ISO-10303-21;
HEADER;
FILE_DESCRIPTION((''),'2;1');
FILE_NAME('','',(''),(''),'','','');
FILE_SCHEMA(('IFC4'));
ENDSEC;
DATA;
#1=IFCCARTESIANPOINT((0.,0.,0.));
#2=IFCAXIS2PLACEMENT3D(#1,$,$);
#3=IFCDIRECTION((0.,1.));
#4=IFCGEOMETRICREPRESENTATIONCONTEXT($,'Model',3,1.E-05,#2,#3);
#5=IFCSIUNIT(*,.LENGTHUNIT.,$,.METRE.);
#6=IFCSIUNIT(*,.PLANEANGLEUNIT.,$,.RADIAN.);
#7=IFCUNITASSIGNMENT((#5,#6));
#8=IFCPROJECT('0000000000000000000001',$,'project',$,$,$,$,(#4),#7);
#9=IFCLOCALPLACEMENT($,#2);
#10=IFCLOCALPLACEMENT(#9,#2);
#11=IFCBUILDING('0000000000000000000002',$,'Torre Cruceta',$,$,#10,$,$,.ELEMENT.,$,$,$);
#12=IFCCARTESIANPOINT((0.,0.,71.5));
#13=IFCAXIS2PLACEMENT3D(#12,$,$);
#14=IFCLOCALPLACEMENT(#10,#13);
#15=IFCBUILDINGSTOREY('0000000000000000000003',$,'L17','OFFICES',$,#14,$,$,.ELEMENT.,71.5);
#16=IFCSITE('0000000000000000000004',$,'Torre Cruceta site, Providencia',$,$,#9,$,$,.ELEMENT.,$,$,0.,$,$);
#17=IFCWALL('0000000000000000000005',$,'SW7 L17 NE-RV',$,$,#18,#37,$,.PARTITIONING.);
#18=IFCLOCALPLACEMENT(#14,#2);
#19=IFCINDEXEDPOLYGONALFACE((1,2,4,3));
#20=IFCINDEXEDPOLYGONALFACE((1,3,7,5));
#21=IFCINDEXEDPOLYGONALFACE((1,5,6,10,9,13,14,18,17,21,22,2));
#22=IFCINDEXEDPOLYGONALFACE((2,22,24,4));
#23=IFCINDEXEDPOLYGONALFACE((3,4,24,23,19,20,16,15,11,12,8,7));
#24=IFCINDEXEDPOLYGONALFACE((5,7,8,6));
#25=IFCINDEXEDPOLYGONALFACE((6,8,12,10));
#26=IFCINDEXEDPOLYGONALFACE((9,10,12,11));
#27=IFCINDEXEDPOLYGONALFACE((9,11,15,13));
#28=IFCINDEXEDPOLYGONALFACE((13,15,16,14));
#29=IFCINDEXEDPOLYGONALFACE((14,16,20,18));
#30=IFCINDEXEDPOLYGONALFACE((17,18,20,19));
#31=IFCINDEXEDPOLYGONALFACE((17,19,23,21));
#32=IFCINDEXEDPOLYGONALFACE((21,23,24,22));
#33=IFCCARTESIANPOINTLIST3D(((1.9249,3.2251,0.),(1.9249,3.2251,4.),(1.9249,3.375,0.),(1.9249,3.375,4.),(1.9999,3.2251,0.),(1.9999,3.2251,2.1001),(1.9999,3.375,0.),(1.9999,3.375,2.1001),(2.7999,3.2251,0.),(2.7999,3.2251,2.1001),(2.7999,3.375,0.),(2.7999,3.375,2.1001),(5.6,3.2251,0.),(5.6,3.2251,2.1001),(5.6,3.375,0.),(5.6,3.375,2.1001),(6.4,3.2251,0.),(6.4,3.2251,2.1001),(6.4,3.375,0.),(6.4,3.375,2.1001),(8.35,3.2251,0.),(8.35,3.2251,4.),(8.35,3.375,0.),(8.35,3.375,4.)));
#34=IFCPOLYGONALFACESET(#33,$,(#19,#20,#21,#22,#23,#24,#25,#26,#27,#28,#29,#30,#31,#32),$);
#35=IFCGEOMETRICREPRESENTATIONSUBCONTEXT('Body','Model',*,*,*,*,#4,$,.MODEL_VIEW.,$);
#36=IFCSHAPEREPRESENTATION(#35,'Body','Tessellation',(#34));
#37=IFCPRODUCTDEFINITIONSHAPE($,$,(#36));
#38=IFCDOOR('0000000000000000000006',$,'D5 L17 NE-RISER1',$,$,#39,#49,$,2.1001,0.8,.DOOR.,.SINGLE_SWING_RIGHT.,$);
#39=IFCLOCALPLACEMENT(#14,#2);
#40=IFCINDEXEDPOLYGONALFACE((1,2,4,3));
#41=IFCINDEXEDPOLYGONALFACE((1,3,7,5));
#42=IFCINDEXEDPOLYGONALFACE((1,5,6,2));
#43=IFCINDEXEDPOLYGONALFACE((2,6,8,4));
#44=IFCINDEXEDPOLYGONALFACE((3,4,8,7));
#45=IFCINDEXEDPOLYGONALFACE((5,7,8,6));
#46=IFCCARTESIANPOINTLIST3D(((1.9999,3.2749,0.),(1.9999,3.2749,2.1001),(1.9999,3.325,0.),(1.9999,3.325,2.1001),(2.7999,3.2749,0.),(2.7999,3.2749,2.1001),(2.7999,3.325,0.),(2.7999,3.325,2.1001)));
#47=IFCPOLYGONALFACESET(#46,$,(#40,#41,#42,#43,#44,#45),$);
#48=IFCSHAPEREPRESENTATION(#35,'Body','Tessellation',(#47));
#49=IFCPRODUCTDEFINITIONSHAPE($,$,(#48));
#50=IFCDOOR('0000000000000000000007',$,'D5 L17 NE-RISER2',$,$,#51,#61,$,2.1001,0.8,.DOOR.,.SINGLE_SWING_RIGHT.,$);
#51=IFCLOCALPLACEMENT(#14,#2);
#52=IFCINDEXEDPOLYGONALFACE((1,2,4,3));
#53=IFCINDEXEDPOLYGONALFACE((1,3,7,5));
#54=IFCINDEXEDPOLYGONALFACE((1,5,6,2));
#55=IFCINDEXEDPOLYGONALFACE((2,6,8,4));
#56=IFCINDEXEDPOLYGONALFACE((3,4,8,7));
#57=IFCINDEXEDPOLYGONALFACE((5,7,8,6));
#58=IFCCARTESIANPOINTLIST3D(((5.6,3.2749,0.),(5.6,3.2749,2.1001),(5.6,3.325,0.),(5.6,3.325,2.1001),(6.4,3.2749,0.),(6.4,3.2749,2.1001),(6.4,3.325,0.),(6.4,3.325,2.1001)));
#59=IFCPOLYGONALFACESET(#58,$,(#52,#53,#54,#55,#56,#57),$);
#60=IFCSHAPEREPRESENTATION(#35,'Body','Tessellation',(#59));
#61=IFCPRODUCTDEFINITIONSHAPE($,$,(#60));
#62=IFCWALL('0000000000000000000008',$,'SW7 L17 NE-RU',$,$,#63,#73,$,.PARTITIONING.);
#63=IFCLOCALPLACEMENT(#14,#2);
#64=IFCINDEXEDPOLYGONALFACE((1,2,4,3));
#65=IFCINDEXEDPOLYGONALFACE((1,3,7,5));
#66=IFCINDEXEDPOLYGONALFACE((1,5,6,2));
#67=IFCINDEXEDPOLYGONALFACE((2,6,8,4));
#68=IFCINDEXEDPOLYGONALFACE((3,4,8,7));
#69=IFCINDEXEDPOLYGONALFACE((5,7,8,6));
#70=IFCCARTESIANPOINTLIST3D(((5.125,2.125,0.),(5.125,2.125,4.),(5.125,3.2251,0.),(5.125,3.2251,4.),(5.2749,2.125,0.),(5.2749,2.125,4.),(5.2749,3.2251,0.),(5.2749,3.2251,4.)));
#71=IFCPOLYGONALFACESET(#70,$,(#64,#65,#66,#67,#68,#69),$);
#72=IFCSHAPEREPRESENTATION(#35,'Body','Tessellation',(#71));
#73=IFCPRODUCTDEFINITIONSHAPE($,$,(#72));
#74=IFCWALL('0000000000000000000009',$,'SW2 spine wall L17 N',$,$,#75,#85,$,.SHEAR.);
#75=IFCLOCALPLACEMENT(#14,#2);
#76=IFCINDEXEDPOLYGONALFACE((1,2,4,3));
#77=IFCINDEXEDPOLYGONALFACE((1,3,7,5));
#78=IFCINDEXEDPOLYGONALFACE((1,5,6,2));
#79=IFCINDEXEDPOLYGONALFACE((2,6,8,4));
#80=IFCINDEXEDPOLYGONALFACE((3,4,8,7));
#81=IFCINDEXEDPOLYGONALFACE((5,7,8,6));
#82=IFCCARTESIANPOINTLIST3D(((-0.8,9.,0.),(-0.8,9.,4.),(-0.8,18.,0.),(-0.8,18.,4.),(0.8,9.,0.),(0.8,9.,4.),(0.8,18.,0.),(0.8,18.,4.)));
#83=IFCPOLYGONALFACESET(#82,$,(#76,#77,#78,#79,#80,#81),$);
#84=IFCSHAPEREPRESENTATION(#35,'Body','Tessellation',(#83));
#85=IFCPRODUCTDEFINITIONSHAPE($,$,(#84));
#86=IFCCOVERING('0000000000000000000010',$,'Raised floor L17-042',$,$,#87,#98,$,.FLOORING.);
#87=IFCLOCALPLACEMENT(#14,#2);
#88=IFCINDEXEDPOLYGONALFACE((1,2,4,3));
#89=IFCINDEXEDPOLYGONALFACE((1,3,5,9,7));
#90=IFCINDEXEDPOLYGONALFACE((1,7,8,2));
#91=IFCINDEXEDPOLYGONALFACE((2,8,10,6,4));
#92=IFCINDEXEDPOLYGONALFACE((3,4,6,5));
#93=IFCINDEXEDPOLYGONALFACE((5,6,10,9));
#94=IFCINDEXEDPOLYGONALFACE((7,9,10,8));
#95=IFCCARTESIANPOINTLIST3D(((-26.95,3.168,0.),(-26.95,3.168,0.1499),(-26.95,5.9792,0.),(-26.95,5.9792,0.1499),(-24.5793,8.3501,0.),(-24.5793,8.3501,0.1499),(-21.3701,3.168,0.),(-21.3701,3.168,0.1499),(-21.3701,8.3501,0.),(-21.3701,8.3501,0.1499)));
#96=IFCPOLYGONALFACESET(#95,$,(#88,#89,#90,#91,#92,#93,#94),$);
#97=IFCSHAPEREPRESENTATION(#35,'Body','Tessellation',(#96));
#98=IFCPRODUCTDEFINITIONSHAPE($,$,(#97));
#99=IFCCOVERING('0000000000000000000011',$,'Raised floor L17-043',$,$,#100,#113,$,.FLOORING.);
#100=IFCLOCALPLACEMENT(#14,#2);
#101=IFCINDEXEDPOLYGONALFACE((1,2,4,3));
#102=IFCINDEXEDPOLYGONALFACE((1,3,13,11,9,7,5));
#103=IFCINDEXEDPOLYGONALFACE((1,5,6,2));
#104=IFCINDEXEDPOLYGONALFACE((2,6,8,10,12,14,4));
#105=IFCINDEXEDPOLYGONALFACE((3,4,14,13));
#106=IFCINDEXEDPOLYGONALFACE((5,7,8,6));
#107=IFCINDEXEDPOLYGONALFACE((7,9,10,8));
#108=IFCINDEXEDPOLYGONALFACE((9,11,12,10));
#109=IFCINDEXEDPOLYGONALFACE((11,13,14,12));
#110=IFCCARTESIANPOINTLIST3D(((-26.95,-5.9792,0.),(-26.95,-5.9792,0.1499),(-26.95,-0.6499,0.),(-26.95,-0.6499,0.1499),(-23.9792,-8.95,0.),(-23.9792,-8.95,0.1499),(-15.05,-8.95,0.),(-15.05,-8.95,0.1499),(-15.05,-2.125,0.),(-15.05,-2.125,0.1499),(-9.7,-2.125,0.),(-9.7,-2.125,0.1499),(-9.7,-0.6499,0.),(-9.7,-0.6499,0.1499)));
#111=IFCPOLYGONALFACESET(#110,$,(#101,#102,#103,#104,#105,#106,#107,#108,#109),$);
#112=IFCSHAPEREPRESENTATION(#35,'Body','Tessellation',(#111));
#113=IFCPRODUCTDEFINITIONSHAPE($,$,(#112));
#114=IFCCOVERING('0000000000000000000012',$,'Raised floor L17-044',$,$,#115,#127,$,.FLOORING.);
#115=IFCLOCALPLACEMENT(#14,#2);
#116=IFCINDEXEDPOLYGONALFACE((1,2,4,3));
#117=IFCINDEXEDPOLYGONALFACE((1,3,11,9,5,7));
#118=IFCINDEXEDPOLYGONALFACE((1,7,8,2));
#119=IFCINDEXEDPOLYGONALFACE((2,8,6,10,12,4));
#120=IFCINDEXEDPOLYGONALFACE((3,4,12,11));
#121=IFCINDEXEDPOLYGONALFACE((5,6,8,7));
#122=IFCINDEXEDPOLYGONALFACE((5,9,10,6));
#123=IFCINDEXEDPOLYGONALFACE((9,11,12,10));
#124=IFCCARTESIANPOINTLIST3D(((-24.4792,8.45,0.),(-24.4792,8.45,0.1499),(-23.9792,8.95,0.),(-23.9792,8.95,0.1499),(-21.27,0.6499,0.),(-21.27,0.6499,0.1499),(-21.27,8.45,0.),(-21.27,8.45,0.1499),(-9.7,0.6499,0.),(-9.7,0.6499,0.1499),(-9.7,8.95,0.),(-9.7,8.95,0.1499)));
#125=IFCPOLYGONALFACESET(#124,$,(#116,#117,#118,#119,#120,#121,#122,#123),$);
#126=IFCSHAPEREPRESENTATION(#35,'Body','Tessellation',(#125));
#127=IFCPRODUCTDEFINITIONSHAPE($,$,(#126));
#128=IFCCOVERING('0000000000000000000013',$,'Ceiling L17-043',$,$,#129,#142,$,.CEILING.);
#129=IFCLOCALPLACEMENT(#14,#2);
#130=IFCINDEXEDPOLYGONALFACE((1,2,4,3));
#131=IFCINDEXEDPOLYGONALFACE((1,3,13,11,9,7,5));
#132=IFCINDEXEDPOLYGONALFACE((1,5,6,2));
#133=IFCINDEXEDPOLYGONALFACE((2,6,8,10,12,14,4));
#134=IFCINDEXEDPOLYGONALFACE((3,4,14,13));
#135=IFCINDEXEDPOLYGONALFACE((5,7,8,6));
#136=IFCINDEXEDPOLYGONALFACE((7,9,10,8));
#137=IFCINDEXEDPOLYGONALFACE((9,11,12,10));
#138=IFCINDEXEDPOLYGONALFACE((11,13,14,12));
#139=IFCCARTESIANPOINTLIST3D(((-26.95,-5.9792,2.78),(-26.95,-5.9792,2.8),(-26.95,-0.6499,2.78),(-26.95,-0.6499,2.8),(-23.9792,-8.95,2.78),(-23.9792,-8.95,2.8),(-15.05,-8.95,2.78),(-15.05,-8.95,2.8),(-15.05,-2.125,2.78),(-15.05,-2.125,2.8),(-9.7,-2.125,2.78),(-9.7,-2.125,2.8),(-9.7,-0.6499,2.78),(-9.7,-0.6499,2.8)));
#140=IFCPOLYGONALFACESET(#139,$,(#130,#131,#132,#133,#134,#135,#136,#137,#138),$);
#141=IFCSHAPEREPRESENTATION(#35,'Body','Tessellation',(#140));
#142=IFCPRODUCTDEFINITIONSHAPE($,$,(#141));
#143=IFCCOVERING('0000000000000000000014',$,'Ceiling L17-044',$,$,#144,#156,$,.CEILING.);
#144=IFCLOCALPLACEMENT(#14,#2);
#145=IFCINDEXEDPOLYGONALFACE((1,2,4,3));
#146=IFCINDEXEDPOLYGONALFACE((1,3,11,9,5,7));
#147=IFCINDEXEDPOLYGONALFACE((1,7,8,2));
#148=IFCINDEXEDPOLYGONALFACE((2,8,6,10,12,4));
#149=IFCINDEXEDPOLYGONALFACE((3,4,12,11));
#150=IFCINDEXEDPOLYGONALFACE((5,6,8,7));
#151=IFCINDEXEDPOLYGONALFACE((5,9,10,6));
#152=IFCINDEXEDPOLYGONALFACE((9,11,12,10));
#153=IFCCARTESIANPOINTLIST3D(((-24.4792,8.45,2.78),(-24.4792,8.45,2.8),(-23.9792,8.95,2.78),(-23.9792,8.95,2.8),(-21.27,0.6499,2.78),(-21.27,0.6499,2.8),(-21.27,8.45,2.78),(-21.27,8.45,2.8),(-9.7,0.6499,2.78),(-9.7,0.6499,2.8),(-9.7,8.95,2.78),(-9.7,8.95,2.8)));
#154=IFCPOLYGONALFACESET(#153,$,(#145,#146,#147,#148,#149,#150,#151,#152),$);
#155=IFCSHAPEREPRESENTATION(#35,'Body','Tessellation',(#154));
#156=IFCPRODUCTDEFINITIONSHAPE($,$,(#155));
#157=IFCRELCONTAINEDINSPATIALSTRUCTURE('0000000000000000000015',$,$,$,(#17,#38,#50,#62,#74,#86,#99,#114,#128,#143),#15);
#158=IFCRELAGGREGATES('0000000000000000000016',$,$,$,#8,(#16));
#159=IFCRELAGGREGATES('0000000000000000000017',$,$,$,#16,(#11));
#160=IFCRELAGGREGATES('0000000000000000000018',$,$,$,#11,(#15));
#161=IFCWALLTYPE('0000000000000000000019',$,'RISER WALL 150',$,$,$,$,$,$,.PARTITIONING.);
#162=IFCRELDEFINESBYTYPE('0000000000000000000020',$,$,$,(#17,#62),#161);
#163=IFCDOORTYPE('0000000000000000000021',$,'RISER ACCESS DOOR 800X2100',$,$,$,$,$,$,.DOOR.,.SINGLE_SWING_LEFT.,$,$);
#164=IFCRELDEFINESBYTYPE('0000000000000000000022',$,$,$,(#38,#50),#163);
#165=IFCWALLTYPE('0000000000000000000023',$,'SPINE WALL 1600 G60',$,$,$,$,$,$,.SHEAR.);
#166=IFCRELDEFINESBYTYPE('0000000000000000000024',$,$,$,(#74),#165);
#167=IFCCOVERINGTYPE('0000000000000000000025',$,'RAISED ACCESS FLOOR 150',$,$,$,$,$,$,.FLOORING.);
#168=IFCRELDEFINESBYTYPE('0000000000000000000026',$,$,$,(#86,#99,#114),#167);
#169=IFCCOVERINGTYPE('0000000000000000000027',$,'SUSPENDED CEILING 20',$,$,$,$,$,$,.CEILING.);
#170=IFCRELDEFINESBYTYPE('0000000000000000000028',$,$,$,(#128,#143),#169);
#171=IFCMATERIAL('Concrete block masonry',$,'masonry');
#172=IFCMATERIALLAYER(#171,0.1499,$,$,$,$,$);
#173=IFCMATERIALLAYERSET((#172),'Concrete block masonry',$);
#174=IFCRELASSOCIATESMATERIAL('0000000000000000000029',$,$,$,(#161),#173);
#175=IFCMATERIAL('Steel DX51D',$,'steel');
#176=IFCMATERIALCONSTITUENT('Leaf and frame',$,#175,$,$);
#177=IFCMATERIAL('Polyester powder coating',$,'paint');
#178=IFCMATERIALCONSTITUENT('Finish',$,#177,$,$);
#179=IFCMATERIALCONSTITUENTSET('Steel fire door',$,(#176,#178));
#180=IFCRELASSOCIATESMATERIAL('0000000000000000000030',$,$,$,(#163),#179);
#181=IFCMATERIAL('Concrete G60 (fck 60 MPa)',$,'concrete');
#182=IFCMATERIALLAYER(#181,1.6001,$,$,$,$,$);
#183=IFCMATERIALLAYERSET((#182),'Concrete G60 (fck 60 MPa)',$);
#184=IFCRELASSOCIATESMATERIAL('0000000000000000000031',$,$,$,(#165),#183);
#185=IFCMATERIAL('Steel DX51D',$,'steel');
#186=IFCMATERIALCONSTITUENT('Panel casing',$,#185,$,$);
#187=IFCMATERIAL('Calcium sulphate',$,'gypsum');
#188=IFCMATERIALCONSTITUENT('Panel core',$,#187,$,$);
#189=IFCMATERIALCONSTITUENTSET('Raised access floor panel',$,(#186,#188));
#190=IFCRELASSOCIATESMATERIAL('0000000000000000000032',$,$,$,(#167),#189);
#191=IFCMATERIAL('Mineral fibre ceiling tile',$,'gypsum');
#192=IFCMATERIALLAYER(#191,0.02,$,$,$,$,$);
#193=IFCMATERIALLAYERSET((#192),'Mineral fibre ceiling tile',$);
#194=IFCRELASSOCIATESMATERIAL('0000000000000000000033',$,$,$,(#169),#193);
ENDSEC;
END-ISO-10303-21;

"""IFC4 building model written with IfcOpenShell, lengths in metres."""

from ifc_helpers import new_model, si_unit, direction, frame, frame_2d, origin, place, context, subcontext, project, spatial, polyline, rectangle, outline, extrude, material, layer, layer_set, constituent, constituent_set, type_object, element, fill, save


model = new_model("IFC4")

# Units and contexts
model_context = context("Model", 3, precision=1e-05, world=origin(), true_north=direction((0.0, 1.0)))
body_context = subcontext(model_context, "Body", "Model", "MODEL_VIEW")
ifc_project = project(units=[si_unit("LENGTHUNIT", "METRE"), si_unit("PLANEANGLEUNIT", "RADIAN")], contexts=[model_context])

# Site, building, storey
site_placement = place(None, origin())
site = spatial("IfcSite", under=ifc_project, at=site_placement, Name="Torre Cruceta site, Providencia", CompositionType="ELEMENT", RefElevation=0.0)
building_placement = place(site_placement, origin())
building = spatial("IfcBuilding", under=site, at=building_placement, Name="Torre Cruceta", CompositionType="ELEMENT")
storey_placement = place(building_placement, frame((0.0, 0.0, 71.5)))
storey = spatial("IfcBuildingStorey", under=building, at=storey_placement, Name="L17", Description="OFFICES", CompositionType="ELEMENT", Elevation=71.5)

# Wall, openings, doors
ifc_material_1 = material(Name="Concrete block masonry", Category="masonry")
ifc_layer_1 = layer(ifc_material_1, 0.1499)
ifc_layer_set_1 = layer_set([ifc_layer_1], Name="Concrete block masonry")
wall_type_1 = type_object("IfcWallType", Name="RISER WALL 150", PredefinedType="PARTITIONING", material=ifc_layer_set_1)
wall_1_placement = place(storey_placement, frame((1.925, 3.3, 0.0), z_axis=(0.0, 0.0, 1.0), x_axis=(1.0, 0.0, 0.0)))
wall_1 = element("IfcWall", 1, at=wall_1_placement, inside=storey, type_object=wall_type_1, Name="SW7 L17 NE-RV", PredefinedType="PARTITIONING", context=body_context, shape_type="SweptSolid", body=[
    extrude(rectangle(XDim=6.425, YDim=0.1499, at=frame_2d((3.2124, 0.0))), origin(), (0.0, 0.0, 1.0), 4.0),
])
opening_1_placement = place(wall_1_placement, frame((0.075, 0.0, 0.0)))
opening_1 = element("IfcOpeningElement", 2, at=opening_1_placement, cuts=wall_1, PredefinedType="OPENING", context=body_context, shape_type="SweptSolid", body=[
    extrude(rectangle(XDim=0.8, YDim=2.1001, at=frame_2d((0.3999, 1.05))), frame((0.0, 0.085, 0.0), z_axis=(0.0, -1.0, 0.0), x_axis=(1.0, 0.0, 0.0)), (0.0, 0.0, 1.0), 0.1699),
])
opening_2_placement = place(wall_1_placement, frame((3.675, 0.0, 0.0)))
opening_2 = element("IfcOpeningElement", 3, at=opening_2_placement, cuts=wall_1, PredefinedType="OPENING", context=body_context, shape_type="SweptSolid", body=[
    extrude(rectangle(XDim=0.8, YDim=2.1001, at=frame_2d((0.3999, 1.05))), frame((0.0, 0.085, 0.0), z_axis=(0.0, -1.0, 0.0), x_axis=(1.0, 0.0, 0.0)), (0.0, 0.0, 1.0), 0.1699),
])
ifc_material_2 = material(Name="Steel DX51D", Category="steel")
ifc_constituent_1 = constituent(ifc_material_2, Name="Leaf and frame")
ifc_material_3 = material(Name="Polyester powder coating", Category="paint")
ifc_constituent_2 = constituent(ifc_material_3, Name="Finish")
ifc_constituent_set_1 = constituent_set(constituents=[ifc_constituent_1, ifc_constituent_2], Name="Steel fire door")
door_type_1 = type_object("IfcDoorType", Name="RISER ACCESS DOOR 800X2100", OperationType="SINGLE_SWING_LEFT", PredefinedType="DOOR", material=ifc_constituent_set_1)
door_1_placement = place(opening_1_placement, frame((0.8, 0.0, 0.0), z_axis=(0.0, 0.0, 1.0), x_axis=(-1.0, 0.0, 0.0)))
door_1 = element("IfcDoor", 4, at=door_1_placement, inside=storey, type_object=door_type_1, Name="D5 L17 NE-RISER1", OperationType="SINGLE_SWING_RIGHT", OverallHeight=2.1001, OverallWidth=0.8, PredefinedType="DOOR", context=body_context, shape_type="SweptSolid", body=[
    extrude(rectangle(XDim=0.8, YDim=2.1001, at=frame_2d((0.4001, 1.05))), frame((0.0, 0.0251, 0.0), z_axis=(0.0, -1.0, 0.0), x_axis=(1.0, 0.0, 0.0)), (0.0, 0.0, 1.0), 0.05),
])
fill(opening_1, door_1)
door_2_placement = place(opening_2_placement, frame((0.8, 0.0, 0.0), z_axis=(0.0, 0.0, 1.0), x_axis=(-1.0, 0.0, 0.0)))
door_2 = element("IfcDoor", 5, at=door_2_placement, inside=storey, type_object=door_type_1, Name="D5 L17 NE-RISER2", OperationType="SINGLE_SWING_RIGHT", OverallHeight=2.1001, OverallWidth=0.8, PredefinedType="DOOR", context=body_context, shape_type="SweptSolid", body=[
    extrude(rectangle(XDim=0.8, YDim=2.1001, at=frame_2d((0.4001, 1.05))), frame((0.0, 0.0251, 0.0), z_axis=(0.0, -1.0, 0.0), x_axis=(1.0, 0.0, 0.0)), (0.0, 0.0, 1.0), 0.05),
])
fill(opening_2, door_2)

# Walls
wall_2_placement = place(storey_placement, frame((5.2, 2.125, 0.0), z_axis=(0.0, 0.0, 1.0), x_axis=(0.0, 1.0, 0.0)))
element("IfcWall", 6, at=wall_2_placement, inside=storey, type_object=wall_type_1, Name="SW7 L17 NE-RU", PredefinedType="PARTITIONING", context=body_context, shape_type="SweptSolid", body=[
    extrude(rectangle(XDim=1.1001, YDim=0.1499, at=frame_2d((0.55, 0.0))), origin(), (0.0, 0.0, 1.0), 4.0),
])
ifc_material_4 = material(Name="Concrete G60 (fck 60 MPa)", Category="concrete")
ifc_layer_2 = layer(ifc_material_4, 1.6001)
ifc_layer_set_2 = layer_set([ifc_layer_2], Name="Concrete G60 (fck 60 MPa)")
wall_type_2 = type_object("IfcWallType", Name="SPINE WALL 1600 G60", PredefinedType="SHEAR", material=ifc_layer_set_2)
wall_3_placement = place(storey_placement, frame((0.0, 9.0, 0.0), z_axis=(0.0, 0.0, 1.0), x_axis=(0.0, 1.0, 0.0)))
element("IfcWall", 7, at=wall_3_placement, inside=storey, type_object=wall_type_2, Name="SW2 spine wall L17 N", PredefinedType="SHEAR", context=body_context, shape_type="SweptSolid", body=[
    extrude(rectangle(XDim=9.0, YDim=1.6001, at=frame_2d((4.5, 0.0))), origin(), (0.0, 0.0, 1.0), 4.0),
])

# Coverings
ifc_material_5 = material(Name="Steel DX51D", Category="steel")
ifc_constituent_3 = constituent(ifc_material_5, Name="Panel casing")
ifc_material_6 = material(Name="Calcium sulphate", Category="gypsum")
ifc_constituent_4 = constituent(ifc_material_6, Name="Panel core")
ifc_constituent_set_2 = constituent_set(constituents=[ifc_constituent_3, ifc_constituent_4], Name="Raised access floor panel")
covering_type_1 = type_object("IfcCoveringType", Name="RAISED ACCESS FLOOR 150", PredefinedType="FLOORING", material=ifc_constituent_set_2)
covering_1_placement = place(storey_placement, origin())
element("IfcCovering", 8, at=covering_1_placement, inside=storey, type_object=covering_type_1, Name="Raised floor L17-042", PredefinedType="FLOORING", context=body_context, shape_type="SweptSolid", body=[
    extrude(outline(polyline([(-24.5793, 8.3501), (-21.3701, 8.3501), (-21.3701, 3.168), (-26.95, 3.168), (-26.95, 5.9792), (-24.5793, 8.3501)])), origin(), (0.0, 0.0, 1.0), 0.1499),
])
covering_2_placement = place(storey_placement, origin())
element("IfcCovering", 9, at=covering_2_placement, inside=storey, type_object=covering_type_1, Name="Raised floor L17-043", PredefinedType="FLOORING", context=body_context, shape_type="SweptSolid", body=[
    extrude(outline(polyline([(-26.95, -0.6499), (-9.7, -0.6499), (-9.7, -2.125), (-15.05, -2.125), (-15.05, -8.95), (-23.9792, -8.95), (-26.95, -5.9792), (-26.95, -0.6499)])), origin(), (0.0, 0.0, 1.0), 0.1499),
])
covering_3_placement = place(storey_placement, origin())
element("IfcCovering", 10, at=covering_3_placement, inside=storey, type_object=covering_type_1, Name="Raised floor L17-044", PredefinedType="FLOORING", context=body_context, shape_type="SweptSolid", body=[
    extrude(outline(polyline([(-21.27, 8.45), (-24.4792, 8.45), (-23.9792, 8.95), (-9.7, 8.95), (-9.7, 0.6499), (-21.27, 0.6499), (-21.27, 8.45)])), origin(), (0.0, 0.0, 1.0), 0.1499),
])
ifc_material_7 = material(Name="Mineral fibre ceiling tile", Category="gypsum")
ifc_layer_3 = layer(ifc_material_7, 0.02)
ifc_layer_set_3 = layer_set([ifc_layer_3], Name="Mineral fibre ceiling tile")
covering_type_2 = type_object("IfcCoveringType", Name="SUSPENDED CEILING 20", PredefinedType="CEILING", material=ifc_layer_set_3)
covering_4_placement = place(storey_placement, frame((0.0, 0.0, 2.78)))
element("IfcCovering", 11, at=covering_4_placement, inside=storey, type_object=covering_type_2, Name="Ceiling L17-043", PredefinedType="CEILING", context=body_context, shape_type="SweptSolid", body=[
    extrude(outline(polyline([(-26.95, -0.6499), (-9.7, -0.6499), (-9.7, -2.125), (-15.05, -2.125), (-15.05, -8.95), (-23.9792, -8.95), (-26.95, -5.9792), (-26.95, -0.6499)])), origin(), (0.0, 0.0, 1.0), 0.02),
])
covering_5_placement = place(storey_placement, frame((0.0, 0.0, 2.78)))
element("IfcCovering", 12, at=covering_5_placement, inside=storey, type_object=covering_type_2, Name="Ceiling L17-044", PredefinedType="CEILING", context=body_context, shape_type="SweptSolid", body=[
    extrude(outline(polyline([(-21.27, 8.45), (-24.4792, 8.45), (-23.9792, 8.95), (-9.7, 8.95), (-9.7, 0.6499), (-21.27, 0.6499), (-21.27, 8.45)])), origin(), (0.0, 0.0, 1.0), 0.02),
])

save(model, "model.ifc")
